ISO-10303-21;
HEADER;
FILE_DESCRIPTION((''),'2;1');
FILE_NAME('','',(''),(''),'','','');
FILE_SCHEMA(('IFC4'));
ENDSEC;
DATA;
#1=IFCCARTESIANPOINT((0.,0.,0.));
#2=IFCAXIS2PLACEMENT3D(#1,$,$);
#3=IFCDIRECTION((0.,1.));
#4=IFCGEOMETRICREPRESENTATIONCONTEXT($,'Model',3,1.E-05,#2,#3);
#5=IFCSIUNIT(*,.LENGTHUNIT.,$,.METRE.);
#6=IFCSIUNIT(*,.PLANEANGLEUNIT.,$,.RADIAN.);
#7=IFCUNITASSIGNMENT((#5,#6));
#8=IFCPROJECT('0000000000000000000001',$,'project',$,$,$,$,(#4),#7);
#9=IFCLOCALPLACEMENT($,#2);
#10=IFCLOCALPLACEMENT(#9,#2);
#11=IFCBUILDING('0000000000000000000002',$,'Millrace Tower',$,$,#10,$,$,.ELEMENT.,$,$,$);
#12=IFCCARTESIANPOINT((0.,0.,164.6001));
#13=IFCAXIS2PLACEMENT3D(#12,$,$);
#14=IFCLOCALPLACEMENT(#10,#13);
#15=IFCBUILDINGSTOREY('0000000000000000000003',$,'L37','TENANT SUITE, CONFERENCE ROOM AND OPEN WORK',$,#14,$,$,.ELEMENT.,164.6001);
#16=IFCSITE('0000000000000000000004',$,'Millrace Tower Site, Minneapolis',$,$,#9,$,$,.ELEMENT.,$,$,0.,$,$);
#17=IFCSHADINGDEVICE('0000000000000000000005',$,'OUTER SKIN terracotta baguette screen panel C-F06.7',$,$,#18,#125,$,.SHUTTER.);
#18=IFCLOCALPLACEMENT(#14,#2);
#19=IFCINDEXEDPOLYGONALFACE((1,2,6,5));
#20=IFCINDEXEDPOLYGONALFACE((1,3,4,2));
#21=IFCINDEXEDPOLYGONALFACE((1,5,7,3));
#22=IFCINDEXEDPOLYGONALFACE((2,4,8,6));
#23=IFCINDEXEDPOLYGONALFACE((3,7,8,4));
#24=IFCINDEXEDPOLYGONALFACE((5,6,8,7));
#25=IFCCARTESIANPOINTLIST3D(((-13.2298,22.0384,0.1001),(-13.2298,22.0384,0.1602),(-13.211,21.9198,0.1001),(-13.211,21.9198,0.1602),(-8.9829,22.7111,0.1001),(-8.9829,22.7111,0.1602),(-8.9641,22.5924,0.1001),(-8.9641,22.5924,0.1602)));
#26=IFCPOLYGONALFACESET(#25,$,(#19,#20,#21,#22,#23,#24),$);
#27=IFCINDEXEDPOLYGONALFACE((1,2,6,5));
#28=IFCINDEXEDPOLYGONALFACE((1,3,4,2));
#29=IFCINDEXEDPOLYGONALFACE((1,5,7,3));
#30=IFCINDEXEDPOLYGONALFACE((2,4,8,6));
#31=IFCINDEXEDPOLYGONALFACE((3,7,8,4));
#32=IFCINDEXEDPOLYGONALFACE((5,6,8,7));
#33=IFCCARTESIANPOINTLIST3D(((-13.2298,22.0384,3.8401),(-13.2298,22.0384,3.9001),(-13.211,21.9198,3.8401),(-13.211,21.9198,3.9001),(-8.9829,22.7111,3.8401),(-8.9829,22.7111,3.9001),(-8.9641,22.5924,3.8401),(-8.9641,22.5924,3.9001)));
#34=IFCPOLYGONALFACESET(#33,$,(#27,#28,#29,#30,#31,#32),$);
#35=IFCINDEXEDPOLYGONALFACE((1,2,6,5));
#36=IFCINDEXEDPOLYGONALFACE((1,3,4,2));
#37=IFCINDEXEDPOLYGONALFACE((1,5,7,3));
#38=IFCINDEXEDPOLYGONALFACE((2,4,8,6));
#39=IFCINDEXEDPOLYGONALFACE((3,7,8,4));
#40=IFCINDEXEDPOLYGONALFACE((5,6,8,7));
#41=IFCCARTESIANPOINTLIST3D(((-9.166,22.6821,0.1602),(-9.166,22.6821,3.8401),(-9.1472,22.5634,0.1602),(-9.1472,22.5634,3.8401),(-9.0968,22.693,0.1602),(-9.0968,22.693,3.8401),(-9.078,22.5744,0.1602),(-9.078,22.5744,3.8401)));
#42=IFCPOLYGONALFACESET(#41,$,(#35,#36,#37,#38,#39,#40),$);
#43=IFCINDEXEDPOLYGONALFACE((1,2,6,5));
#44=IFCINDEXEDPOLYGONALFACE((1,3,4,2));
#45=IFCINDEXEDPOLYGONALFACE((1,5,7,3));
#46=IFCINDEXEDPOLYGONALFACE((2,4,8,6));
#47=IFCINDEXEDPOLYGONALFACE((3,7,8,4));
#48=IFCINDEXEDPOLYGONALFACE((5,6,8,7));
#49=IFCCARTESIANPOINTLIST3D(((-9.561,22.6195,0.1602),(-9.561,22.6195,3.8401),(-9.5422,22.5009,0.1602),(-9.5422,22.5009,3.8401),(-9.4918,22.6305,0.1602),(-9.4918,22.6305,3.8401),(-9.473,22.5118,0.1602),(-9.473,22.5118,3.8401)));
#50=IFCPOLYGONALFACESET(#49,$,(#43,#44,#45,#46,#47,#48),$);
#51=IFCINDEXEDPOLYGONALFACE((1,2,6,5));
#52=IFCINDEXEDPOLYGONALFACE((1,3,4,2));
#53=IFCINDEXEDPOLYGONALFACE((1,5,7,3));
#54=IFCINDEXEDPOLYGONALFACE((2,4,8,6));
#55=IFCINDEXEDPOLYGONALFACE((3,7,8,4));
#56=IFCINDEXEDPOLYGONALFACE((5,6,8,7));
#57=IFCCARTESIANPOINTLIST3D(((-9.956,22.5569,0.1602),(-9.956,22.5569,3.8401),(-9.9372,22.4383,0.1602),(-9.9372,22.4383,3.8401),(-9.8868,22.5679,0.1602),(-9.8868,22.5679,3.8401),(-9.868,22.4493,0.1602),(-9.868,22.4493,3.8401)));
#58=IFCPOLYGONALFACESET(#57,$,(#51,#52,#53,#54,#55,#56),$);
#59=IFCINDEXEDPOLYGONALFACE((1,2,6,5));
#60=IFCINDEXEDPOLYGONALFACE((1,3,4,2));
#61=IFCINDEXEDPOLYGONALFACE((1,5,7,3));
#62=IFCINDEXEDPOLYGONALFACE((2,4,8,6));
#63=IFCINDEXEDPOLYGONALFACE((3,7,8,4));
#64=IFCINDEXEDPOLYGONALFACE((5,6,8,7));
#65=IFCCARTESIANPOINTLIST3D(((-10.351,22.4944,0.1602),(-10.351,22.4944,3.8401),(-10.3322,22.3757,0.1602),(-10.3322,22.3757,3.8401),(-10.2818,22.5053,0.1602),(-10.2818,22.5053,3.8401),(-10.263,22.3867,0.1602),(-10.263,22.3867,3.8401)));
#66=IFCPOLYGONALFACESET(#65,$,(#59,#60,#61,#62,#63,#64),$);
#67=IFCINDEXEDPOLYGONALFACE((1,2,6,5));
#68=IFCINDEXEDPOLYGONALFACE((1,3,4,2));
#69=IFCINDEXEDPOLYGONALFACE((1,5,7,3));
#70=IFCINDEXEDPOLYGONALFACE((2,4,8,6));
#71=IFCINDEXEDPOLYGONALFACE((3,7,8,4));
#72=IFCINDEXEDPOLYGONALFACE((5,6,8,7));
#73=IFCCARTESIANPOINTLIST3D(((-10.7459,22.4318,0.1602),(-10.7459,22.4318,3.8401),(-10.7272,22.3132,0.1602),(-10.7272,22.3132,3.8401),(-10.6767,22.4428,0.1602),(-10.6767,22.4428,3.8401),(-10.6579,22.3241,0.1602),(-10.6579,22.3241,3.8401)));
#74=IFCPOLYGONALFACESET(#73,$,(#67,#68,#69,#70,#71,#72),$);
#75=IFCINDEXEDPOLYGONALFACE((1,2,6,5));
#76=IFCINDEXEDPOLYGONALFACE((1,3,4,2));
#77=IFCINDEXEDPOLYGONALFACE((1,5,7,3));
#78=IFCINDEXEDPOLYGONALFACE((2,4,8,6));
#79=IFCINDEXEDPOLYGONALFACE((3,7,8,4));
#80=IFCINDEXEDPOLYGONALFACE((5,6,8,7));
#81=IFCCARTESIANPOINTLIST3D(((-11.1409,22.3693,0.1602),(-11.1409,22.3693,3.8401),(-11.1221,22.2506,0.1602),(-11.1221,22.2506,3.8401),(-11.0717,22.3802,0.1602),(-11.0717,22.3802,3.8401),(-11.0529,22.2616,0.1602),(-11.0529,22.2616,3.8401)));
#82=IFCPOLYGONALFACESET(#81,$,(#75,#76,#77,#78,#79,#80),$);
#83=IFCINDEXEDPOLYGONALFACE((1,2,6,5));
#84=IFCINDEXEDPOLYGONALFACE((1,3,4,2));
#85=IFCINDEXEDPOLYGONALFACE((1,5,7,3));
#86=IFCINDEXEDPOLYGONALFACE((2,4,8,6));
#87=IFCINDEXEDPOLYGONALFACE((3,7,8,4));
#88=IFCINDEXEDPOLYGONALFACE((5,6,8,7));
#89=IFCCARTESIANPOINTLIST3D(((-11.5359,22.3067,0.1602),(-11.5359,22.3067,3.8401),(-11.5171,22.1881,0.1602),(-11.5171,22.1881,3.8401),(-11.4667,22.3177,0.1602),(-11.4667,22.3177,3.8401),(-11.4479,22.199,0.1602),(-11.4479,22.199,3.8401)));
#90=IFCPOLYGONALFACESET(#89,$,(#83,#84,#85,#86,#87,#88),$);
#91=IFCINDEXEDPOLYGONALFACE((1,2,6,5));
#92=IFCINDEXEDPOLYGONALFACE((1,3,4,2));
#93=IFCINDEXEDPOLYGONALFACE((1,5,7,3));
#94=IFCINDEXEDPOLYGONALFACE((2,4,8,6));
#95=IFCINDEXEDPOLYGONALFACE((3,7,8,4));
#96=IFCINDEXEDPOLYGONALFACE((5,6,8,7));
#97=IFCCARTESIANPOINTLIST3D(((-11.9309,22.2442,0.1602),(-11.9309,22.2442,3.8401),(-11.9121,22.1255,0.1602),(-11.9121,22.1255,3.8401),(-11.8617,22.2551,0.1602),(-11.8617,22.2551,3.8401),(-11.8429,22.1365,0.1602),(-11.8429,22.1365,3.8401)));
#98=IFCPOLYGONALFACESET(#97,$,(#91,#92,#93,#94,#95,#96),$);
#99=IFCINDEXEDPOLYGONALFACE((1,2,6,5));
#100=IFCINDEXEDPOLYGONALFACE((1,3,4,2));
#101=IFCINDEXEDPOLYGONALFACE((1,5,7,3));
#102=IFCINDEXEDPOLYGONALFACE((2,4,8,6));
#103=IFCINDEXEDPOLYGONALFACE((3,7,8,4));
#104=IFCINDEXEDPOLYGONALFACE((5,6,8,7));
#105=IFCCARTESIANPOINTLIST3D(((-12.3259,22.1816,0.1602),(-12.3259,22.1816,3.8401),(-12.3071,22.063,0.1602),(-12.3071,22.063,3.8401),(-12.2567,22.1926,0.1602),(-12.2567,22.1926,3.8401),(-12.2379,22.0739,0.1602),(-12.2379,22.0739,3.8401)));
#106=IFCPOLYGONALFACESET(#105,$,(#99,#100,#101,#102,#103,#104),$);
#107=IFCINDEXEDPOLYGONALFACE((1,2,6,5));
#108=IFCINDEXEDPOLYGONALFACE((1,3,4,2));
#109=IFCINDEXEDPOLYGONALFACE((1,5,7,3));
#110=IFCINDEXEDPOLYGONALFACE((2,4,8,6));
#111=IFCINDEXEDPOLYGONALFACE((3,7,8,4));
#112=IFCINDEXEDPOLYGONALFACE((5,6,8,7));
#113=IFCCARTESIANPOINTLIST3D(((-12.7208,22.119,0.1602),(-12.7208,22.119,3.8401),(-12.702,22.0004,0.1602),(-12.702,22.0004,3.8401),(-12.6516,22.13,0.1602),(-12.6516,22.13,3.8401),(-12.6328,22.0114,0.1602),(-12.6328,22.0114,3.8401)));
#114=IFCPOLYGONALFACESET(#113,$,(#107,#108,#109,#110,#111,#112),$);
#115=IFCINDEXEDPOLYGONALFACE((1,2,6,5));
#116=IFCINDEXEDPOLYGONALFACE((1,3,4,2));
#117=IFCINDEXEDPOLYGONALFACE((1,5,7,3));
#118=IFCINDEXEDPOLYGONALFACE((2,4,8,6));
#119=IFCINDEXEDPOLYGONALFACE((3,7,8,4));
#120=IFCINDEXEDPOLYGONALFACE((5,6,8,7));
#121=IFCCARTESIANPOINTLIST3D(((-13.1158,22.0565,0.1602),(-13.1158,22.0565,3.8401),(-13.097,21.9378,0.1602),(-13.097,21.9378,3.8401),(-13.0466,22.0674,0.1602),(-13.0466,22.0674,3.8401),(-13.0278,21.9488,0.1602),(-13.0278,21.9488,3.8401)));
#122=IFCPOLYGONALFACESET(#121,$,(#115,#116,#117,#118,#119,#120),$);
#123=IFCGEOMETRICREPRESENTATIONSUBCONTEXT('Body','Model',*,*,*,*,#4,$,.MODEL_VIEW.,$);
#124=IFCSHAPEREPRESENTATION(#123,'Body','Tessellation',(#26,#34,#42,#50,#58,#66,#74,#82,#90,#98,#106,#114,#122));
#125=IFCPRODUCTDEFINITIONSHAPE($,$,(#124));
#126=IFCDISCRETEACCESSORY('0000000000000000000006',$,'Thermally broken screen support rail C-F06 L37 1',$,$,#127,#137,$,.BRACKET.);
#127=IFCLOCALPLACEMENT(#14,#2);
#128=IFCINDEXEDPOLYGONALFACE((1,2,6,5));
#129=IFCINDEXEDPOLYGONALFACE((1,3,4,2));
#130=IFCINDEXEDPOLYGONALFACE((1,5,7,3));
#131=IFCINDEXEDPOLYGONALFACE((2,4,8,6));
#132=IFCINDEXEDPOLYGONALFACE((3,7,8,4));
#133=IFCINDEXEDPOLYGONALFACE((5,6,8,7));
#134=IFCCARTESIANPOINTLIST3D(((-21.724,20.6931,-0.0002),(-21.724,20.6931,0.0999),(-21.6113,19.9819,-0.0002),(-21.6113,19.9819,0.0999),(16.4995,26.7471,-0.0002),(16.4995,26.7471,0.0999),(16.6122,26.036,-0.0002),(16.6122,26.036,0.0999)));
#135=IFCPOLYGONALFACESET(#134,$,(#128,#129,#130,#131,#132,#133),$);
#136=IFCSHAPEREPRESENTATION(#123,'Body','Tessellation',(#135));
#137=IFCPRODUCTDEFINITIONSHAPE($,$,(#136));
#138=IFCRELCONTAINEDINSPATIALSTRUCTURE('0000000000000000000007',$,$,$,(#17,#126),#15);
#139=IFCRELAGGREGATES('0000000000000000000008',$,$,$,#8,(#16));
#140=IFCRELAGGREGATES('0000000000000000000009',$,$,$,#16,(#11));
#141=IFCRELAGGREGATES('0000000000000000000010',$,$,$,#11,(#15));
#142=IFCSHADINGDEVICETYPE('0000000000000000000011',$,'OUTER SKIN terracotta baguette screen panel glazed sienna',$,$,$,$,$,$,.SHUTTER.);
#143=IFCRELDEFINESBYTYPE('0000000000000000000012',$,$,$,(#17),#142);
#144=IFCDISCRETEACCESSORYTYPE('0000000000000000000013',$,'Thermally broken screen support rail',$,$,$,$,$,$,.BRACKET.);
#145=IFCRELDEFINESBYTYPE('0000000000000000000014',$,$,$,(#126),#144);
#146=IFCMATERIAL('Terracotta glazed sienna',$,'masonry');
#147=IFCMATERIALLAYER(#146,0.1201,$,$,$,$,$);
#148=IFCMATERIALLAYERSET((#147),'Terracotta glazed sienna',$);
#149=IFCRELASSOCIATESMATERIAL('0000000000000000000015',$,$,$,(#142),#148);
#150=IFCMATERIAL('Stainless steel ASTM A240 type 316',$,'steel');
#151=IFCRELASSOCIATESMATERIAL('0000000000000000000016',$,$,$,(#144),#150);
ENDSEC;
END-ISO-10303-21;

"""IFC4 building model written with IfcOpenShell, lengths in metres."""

from ifc_helpers import new_model, entity, si_unit, direction, frame, frame_2d, origin, origin_2d, place, context, subcontext, project, spatial, rectangle, extrude, source, transform, mapped, material, layer, layer_set, type_object, element, save


model = new_model("IFC4")

# Units and contexts
model_context = context("Model", 3, precision=1e-05, world=origin(), true_north=direction((0.0, 1.0)))
body_context = subcontext(model_context, "Body", "Model", "MODEL_VIEW")
ifc_project = project(units=[si_unit("LENGTHUNIT", "METRE"), si_unit("PLANEANGLEUNIT", "RADIAN")], contexts=[model_context])

# Site, building, storey
site_placement = place(None, origin())
site = spatial("IfcSite", under=ifc_project, at=site_placement, Name="Millrace Tower Site, Minneapolis", CompositionType="ELEMENT", RefElevation=0.0)
building_placement = place(site_placement, origin())
building = spatial("IfcBuilding", under=site, at=building_placement, Name="Millrace Tower", CompositionType="ELEMENT")
storey_placement = place(building_placement, frame((0.0, 0.0, 164.6001)))
storey = spatial("IfcBuildingStorey", under=building, at=storey_placement, Name="L37", Description="TENANT SUITE, CONFERENCE ROOM AND OPEN WORK", CompositionType="ELEMENT", Elevation=164.6001)

# Shading device
ifc_material_1 = material(Name="Terracotta glazed sienna", Category="masonry")
ifc_layer_1 = layer(ifc_material_1, 0.1201)
ifc_layer_set_1 = layer_set([ifc_layer_1], Name="Terracotta glazed sienna")
shading_device_type = type_object("IfcShadingDeviceType", Name="OUTER SKIN terracotta baguette screen panel glazed sienna", PredefinedType="SHUTTER", material=ifc_layer_set_1)
cartesian_point = entity("IfcCartesianPoint", [-2.1499, 0.0601])
shared_polyline = entity("IfcPolyline", [cartesian_point, entity("IfcCartesianPoint", [2.1499, 0.0601]), entity("IfcCartesianPoint", [2.1499, -0.0601]), entity("IfcCartesianPoint", [-2.1499, -0.0601]), cartesian_point])
shared_shape = source(origin(), body_context, "Body", "SweptSolid", [
    entity("IfcExtrudedAreaSolid", entity("IfcArbitraryClosedProfileDef", "AREA", None, shared_polyline), entity("IfcAxis2Placement3D", entity("IfcCartesianPoint", [0.0, 0.0, 0.0])), entity("IfcDirection", [0.0, 0.0, 1.0]), 0.0601),
    entity("IfcExtrudedAreaSolid", entity("IfcArbitraryClosedProfileDef", "AREA", None, shared_polyline), entity("IfcAxis2Placement3D", entity("IfcCartesianPoint", [0.0, 0.0, 3.74])), entity("IfcDirection", [0.0, 0.0, 1.0]), 0.0601),
    extrude(rectangle(XDim=0.0701, YDim=0.1201, at=frame_2d((-1.9995, 0.0))), frame((0.0, 0.0, 0.0601)), (0.0, 0.0, 1.0), 3.6799),
    extrude(rectangle(XDim=0.0701, YDim=0.1201, at=frame_2d((-1.5996, 0.0))), frame((0.0, 0.0, 0.0601)), (0.0, 0.0, 1.0), 3.6799),
    extrude(rectangle(XDim=0.0701, YDim=0.1201, at=frame_2d((-1.1997, 0.0))), frame((0.0, 0.0, 0.0601)), (0.0, 0.0, 1.0), 3.6799),
    extrude(rectangle(XDim=0.0701, YDim=0.1201, at=frame_2d((-0.7998, 0.0))), frame((0.0, 0.0, 0.0601)), (0.0, 0.0, 1.0), 3.6799),
    extrude(rectangle(XDim=0.0701, YDim=0.1201, at=frame_2d((-0.3999, 0.0))), frame((0.0, 0.0, 0.0601)), (0.0, 0.0, 1.0), 3.6799),
    extrude(rectangle(XDim=0.0701, YDim=0.1201, at=origin_2d()), frame((0.0, 0.0, 0.0601)), (0.0, 0.0, 1.0), 3.6799),
    extrude(rectangle(XDim=0.0701, YDim=0.1201, at=frame_2d((0.3999, 0.0))), frame((0.0, 0.0, 0.0601)), (0.0, 0.0, 1.0), 3.6799),
    extrude(rectangle(XDim=0.0701, YDim=0.1201, at=frame_2d((0.7998, 0.0))), frame((0.0, 0.0, 0.0601)), (0.0, 0.0, 1.0), 3.6799),
    extrude(rectangle(XDim=0.0701, YDim=0.1201, at=frame_2d((1.1997, 0.0))), frame((0.0, 0.0, 0.0601)), (0.0, 0.0, 1.0), 3.6799),
    extrude(rectangle(XDim=0.0701, YDim=0.1201, at=frame_2d((1.5996, 0.0))), frame((0.0, 0.0, 0.0601)), (0.0, 0.0, 1.0), 3.6799),
    extrude(rectangle(XDim=0.0701, YDim=0.1201, at=frame_2d((1.9995, 0.0))), frame((0.0, 0.0, 0.0601)), (0.0, 0.0, 1.0), 3.6799),
])
for number, where, z_axis, x_axis, name in (
    (1, (-11.0969, 22.3154, 0.1001), (0.0, 0.0, 1.0), (-0.987688, -0.156434, 0.0), "OUTER SKIN terracotta baguette screen panel C-F06.7"),
):
    element("IfcShadingDevice", number, at=place(storey_placement, frame(where, z_axis=z_axis, x_axis=x_axis)), inside=storey, type_object=shading_device_type, Name=name, PredefinedType="SHUTTER", context=body_context, shape_type="MappedRepresentation", body=[
        mapped(shared_shape, transform((0.0, 0.0, 0.0), scale=1.0)),
    ])

# Discrete accessory
ifc_material_2 = material(Name="Stainless steel ASTM A240 type 316", Category="steel")
discrete_accessory_type = type_object("IfcDiscreteAccessoryType", Name="Thermally broken screen support rail", PredefinedType="BRACKET", material=ifc_material_2)
discrete_accessory_placement = place(storey_placement, frame((-2.5559, 23.3645, -0.0002), z_axis=(0.0, 0.0, 1.0), x_axis=(-0.987688, -0.156434, 0.0)))
element("IfcDiscreteAccessory", 2, at=discrete_accessory_placement, inside=storey, type_object=discrete_accessory_type, Name="Thermally broken screen support rail C-F06 L37 1", PredefinedType="BRACKET", context=body_context, shape_type="SweptSolid", body=[
    extrude(rectangle(XDim=38.7, YDim=0.72, at=origin_2d()), origin(), (0.0, 0.0, 1.0), 0.1001),
])

save(model, "model.ifc")
